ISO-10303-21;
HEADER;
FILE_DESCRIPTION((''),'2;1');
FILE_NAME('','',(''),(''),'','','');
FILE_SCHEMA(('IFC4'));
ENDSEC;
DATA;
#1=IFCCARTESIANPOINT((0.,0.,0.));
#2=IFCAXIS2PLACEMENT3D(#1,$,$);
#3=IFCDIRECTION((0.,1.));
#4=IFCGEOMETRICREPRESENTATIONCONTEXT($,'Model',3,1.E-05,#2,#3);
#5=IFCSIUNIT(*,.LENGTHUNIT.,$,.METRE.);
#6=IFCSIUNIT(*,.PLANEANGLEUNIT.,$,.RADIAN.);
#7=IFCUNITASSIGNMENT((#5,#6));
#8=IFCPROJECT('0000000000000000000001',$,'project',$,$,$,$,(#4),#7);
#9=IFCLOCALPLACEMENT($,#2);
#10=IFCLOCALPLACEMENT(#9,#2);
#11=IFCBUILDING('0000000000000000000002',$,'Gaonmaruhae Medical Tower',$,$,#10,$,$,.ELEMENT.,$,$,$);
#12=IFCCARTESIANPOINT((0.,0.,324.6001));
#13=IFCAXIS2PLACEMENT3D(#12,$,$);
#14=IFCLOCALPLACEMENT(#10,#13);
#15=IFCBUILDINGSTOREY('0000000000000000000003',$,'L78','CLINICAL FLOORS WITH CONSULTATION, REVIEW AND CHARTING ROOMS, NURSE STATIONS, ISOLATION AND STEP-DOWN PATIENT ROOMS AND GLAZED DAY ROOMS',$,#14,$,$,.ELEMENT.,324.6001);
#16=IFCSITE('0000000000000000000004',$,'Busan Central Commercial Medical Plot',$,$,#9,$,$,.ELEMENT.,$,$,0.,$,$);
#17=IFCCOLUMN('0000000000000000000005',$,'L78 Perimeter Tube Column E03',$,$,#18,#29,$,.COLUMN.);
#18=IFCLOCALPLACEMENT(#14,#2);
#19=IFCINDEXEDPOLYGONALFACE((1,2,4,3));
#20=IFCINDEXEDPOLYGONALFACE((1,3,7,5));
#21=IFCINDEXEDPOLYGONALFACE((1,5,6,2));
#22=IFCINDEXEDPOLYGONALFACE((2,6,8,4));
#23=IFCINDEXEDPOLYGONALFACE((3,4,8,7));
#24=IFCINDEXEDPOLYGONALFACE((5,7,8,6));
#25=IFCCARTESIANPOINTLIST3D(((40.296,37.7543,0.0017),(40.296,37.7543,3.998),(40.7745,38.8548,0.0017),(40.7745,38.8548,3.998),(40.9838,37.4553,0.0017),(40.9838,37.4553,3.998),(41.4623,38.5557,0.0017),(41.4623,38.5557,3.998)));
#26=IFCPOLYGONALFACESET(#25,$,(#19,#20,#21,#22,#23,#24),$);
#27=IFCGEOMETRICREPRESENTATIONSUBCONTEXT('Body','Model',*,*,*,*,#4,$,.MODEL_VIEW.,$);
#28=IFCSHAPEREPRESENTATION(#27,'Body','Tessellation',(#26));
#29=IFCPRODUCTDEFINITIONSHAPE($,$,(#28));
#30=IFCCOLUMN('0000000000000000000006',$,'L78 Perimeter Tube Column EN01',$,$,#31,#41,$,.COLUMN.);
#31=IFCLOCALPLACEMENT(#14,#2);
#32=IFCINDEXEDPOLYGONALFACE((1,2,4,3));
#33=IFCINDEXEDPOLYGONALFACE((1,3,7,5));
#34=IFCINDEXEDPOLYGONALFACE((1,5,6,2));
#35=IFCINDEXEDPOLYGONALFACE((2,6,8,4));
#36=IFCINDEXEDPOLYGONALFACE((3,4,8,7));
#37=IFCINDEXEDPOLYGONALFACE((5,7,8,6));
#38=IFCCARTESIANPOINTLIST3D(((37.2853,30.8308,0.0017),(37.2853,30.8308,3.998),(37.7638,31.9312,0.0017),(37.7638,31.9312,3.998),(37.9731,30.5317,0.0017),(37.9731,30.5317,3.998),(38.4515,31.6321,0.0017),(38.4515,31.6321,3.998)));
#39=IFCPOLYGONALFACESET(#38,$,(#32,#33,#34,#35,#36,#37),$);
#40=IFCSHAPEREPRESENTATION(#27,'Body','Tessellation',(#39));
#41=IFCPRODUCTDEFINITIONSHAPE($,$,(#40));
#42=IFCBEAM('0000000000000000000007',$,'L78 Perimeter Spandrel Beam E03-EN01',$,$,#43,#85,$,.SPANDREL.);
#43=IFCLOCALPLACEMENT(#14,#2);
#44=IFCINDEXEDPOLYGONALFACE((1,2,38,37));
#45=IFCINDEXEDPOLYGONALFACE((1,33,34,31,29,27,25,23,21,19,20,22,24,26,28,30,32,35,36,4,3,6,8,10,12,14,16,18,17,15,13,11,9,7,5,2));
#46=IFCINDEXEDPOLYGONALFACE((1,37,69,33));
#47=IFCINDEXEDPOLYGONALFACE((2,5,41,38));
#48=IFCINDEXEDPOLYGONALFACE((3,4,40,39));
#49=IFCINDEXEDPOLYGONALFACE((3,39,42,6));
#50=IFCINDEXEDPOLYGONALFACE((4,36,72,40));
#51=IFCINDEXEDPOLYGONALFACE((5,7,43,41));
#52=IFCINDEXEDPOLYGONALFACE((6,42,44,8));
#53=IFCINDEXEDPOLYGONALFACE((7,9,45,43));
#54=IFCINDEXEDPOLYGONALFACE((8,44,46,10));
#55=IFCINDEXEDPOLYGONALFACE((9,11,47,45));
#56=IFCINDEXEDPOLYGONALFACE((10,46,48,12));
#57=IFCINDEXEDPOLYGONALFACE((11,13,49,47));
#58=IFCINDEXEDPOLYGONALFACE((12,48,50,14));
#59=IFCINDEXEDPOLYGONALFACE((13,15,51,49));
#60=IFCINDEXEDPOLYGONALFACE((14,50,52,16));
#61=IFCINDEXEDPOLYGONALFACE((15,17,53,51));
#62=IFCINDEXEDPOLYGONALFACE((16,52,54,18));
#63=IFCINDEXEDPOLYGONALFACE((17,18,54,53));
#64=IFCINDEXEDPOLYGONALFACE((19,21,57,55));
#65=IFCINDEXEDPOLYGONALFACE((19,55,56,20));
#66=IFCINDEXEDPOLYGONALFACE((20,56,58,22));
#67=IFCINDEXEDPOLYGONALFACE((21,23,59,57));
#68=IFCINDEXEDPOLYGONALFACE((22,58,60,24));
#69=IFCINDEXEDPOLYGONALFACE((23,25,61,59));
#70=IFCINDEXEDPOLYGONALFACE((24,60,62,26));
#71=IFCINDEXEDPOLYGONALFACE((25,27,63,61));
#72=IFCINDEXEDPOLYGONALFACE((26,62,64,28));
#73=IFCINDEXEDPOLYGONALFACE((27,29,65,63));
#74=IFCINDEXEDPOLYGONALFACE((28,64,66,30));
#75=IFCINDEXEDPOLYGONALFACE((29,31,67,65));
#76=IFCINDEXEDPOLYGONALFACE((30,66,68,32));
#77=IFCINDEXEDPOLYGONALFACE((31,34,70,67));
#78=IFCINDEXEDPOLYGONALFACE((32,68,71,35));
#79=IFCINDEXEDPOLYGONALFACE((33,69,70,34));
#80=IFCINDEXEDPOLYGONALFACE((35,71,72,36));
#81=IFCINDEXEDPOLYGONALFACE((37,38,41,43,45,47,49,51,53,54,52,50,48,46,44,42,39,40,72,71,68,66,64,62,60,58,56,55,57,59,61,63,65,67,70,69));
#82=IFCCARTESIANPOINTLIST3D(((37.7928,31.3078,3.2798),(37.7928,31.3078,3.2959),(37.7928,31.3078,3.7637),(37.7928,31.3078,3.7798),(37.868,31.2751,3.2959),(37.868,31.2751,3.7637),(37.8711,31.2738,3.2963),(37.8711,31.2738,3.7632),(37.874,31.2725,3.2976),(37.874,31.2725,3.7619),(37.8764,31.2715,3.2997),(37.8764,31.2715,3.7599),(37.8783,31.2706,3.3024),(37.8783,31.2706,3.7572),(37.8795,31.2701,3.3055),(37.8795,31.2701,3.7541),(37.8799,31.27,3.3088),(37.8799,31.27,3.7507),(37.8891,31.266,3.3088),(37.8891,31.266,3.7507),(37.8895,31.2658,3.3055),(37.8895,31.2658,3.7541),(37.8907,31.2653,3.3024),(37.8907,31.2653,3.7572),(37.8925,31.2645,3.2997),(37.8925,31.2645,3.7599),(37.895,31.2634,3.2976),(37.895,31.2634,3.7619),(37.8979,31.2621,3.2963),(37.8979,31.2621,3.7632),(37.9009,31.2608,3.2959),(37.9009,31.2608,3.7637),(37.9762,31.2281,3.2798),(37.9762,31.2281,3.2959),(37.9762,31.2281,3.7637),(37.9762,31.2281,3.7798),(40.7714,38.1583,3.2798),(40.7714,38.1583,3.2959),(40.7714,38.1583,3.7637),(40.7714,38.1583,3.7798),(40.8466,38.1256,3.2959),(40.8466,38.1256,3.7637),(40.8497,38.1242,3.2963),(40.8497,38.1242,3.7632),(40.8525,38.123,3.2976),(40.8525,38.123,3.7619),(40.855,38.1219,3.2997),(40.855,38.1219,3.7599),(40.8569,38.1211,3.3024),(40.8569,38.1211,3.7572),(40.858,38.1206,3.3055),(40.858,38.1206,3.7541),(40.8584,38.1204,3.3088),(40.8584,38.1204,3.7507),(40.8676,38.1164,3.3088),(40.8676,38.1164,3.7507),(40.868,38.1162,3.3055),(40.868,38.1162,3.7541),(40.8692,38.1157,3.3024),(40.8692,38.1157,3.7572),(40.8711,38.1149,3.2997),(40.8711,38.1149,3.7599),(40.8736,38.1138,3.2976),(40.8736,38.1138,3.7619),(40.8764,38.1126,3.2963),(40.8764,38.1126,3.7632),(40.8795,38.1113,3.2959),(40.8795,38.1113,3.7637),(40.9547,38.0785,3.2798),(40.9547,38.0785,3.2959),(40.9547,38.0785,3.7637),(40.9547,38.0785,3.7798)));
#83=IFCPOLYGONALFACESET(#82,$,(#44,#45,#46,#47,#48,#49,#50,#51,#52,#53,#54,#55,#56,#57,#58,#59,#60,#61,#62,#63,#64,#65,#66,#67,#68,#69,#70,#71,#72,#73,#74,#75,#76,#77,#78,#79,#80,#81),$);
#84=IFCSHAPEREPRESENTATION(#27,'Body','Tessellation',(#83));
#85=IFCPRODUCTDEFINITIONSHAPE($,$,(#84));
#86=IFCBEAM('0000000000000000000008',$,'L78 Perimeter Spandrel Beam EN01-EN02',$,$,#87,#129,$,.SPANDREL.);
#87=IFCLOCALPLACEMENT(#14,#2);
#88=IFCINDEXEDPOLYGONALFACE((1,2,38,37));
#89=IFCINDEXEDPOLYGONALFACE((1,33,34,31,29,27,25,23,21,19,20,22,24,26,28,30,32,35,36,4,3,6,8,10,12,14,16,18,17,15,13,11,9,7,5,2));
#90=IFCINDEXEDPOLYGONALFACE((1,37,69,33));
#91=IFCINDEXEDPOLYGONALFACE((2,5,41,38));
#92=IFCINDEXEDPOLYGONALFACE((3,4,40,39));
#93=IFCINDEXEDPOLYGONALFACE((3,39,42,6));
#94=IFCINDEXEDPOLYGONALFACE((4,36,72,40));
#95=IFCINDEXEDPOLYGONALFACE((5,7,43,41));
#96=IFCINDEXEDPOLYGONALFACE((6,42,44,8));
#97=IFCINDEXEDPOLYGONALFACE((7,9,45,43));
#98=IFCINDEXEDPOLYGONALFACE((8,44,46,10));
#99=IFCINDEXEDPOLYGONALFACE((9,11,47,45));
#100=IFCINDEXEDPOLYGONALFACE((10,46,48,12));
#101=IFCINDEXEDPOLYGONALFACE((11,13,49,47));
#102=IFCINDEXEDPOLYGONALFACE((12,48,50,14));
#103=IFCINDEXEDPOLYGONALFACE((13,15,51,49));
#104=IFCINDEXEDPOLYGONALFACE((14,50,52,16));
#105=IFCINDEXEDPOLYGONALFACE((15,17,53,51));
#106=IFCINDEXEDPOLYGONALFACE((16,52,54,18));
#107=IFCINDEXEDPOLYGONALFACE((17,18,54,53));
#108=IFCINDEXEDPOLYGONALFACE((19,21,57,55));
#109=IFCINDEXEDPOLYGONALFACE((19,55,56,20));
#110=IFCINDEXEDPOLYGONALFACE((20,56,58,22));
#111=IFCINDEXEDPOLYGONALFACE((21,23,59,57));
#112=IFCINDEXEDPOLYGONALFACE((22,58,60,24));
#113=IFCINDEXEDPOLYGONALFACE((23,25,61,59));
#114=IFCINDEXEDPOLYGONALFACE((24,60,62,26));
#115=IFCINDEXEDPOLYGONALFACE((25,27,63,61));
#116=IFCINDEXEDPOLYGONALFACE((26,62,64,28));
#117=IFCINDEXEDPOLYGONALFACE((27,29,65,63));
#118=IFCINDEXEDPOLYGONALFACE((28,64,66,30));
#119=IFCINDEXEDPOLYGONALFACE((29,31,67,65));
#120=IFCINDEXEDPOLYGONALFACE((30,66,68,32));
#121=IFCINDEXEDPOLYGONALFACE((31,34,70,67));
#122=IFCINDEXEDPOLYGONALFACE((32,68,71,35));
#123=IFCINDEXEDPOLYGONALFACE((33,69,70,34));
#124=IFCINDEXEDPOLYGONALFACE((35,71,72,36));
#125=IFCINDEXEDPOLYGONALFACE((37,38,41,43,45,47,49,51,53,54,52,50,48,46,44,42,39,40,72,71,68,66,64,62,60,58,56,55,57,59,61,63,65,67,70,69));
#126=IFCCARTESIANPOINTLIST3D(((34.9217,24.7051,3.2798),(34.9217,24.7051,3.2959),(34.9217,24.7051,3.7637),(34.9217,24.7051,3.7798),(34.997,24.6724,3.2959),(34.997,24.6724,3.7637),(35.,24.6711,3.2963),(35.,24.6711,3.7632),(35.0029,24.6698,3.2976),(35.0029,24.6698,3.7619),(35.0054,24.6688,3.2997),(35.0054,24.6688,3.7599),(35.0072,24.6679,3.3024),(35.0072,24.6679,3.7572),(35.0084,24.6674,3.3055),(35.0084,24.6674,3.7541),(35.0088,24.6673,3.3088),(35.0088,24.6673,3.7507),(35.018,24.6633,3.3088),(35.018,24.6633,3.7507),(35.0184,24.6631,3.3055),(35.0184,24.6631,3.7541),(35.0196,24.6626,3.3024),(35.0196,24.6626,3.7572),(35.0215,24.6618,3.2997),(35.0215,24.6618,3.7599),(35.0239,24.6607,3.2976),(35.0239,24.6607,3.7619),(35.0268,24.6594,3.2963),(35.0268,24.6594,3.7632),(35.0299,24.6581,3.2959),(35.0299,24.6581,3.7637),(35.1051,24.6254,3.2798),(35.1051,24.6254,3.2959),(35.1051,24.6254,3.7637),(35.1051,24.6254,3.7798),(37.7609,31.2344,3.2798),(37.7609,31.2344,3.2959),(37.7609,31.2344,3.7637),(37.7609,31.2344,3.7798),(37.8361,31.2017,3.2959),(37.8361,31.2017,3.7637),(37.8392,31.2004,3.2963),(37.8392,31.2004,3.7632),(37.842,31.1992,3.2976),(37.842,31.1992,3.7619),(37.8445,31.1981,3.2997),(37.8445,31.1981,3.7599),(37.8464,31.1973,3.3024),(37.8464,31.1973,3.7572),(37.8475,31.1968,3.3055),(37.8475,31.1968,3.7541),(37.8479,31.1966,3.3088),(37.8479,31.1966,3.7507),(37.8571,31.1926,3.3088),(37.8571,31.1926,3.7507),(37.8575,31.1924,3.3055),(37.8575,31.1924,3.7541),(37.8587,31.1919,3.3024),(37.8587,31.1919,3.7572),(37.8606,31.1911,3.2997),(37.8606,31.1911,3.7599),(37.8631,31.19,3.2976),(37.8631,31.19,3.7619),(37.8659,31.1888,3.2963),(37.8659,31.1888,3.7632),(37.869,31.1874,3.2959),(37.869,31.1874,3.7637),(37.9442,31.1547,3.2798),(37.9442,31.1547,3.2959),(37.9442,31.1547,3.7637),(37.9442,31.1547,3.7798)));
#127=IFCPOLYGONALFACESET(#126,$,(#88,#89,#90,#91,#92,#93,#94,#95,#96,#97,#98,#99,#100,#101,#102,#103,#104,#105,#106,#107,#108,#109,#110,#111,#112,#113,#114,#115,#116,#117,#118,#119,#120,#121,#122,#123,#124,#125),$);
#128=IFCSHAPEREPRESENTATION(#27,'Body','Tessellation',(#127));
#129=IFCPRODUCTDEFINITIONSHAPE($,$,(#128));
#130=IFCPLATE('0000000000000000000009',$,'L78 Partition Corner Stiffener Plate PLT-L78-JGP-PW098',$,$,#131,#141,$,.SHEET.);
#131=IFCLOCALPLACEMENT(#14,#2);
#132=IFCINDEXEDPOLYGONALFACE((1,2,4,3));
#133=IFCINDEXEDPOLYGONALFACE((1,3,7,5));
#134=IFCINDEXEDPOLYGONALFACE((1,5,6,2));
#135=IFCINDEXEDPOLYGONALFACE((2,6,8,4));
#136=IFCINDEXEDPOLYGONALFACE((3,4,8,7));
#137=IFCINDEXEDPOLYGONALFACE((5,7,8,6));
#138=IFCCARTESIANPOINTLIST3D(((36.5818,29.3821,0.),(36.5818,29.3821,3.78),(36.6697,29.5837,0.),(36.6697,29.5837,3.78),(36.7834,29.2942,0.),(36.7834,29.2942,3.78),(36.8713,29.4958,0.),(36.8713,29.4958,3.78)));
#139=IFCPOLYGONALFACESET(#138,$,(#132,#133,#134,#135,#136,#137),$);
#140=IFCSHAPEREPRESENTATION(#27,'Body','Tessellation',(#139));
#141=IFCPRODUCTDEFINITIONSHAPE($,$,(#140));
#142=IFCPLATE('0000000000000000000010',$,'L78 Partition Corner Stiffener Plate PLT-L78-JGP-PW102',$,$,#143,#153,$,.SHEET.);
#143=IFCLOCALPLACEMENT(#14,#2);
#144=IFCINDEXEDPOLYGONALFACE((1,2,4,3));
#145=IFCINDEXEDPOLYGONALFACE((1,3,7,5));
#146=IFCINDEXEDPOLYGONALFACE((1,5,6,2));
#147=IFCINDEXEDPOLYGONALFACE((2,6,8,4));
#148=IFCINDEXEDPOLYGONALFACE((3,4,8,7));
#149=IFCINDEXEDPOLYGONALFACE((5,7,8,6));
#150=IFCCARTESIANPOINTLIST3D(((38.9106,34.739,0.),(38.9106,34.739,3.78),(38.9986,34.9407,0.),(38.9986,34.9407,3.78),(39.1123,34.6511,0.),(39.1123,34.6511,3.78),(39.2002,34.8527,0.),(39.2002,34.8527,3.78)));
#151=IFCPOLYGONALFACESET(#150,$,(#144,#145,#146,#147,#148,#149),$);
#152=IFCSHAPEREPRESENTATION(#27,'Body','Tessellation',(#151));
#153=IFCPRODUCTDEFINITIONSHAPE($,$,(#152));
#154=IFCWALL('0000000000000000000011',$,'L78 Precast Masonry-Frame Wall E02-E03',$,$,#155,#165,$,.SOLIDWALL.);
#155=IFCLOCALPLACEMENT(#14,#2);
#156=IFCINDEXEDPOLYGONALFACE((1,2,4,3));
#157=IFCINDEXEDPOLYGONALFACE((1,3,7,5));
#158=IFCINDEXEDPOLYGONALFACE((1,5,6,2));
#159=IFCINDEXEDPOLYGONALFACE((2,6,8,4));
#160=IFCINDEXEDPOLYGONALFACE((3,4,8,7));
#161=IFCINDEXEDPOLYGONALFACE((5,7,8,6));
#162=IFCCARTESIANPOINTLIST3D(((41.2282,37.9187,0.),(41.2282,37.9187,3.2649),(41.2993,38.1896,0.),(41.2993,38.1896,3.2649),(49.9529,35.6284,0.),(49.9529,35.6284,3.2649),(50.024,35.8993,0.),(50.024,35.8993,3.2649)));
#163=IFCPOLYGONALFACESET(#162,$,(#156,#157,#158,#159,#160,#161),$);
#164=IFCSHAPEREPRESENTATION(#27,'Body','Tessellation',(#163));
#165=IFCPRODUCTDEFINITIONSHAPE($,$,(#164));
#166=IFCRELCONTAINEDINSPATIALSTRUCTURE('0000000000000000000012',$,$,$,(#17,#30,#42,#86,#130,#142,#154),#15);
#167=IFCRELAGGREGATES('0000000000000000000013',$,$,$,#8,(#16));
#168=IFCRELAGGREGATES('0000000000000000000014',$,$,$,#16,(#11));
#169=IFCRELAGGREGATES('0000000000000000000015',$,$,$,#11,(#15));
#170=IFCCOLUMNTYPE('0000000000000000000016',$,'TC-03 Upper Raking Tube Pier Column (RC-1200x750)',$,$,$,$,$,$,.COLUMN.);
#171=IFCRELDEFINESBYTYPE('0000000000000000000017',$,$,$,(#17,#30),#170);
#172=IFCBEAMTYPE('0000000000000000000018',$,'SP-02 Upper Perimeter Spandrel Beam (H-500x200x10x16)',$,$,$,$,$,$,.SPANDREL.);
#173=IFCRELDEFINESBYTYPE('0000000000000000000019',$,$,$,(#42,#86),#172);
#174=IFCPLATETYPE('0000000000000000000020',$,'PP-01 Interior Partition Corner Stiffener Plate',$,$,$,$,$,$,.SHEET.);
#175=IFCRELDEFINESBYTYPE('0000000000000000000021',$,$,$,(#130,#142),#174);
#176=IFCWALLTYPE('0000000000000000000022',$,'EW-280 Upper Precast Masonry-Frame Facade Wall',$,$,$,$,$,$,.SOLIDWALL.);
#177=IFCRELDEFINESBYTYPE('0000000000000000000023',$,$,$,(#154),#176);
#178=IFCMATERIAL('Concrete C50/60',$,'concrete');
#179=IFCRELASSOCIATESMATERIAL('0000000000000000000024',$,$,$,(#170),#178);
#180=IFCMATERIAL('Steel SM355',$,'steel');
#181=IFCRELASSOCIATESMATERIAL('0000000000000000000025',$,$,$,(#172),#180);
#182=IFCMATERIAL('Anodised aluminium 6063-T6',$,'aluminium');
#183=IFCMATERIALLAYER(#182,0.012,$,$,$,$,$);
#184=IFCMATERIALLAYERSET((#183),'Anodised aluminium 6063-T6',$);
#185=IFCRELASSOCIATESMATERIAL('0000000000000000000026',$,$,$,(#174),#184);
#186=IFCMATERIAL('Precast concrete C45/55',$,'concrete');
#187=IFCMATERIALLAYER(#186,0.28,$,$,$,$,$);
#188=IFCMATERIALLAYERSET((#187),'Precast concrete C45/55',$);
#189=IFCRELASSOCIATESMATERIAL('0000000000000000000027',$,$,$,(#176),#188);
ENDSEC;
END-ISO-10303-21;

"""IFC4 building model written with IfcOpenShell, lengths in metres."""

from ifc_helpers import new_model, si_unit, direction, frame, frame_2d, origin, origin_2d, place, context, subcontext, project, spatial, rectangle, i_section, extrude, material, layer, layer_set, material_profile, profile_set, type_object, element, save


model = new_model("IFC4")

# Units and contexts
model_context = context("Model", 3, precision=1e-05, world=origin(), true_north=direction((0.0, 1.0)))
body_context = subcontext(model_context, "Body", "Model", "MODEL_VIEW")
ifc_project = project(units=[si_unit("LENGTHUNIT", "METRE"), si_unit("PLANEANGLEUNIT", "RADIAN")], contexts=[model_context])

# Site, building, storey
site_placement = place(None, origin())
site = spatial("IfcSite", under=ifc_project, at=site_placement, Name="Busan Central Commercial Medical Plot", CompositionType="ELEMENT", RefElevation=0.0)
building_placement = place(site_placement, origin())
building = spatial("IfcBuilding", under=site, at=building_placement, Name="Gaonmaruhae Medical Tower", CompositionType="ELEMENT")
storey_placement = place(building_placement, frame((0.0, 0.0, 324.6001)))
storey = spatial("IfcBuildingStorey", under=building, at=storey_placement, Name="L78", Description="CLINICAL FLOORS WITH CONSULTATION, REVIEW AND CHARTING ROOMS, NURSE STATIONS, ISOLATION AND STEP-DOWN PATIENT ROOMS AND GLAZED DAY ROOMS", CompositionType="ELEMENT", Elevation=324.6001)

# Columns
ifc_material_1 = material(Name="Concrete C50/60", Category="concrete")
ifc_material_profile_1 = material_profile(ifc_material_1, rectangle(XDim=1.2, YDim=0.75, at=origin_2d()), Name="RC-1200x750")
ifc_profile_set_1 = profile_set([ifc_material_profile_1], Name="Concrete C50/60")
column_type = type_object("IfcColumnType", Name="TC-03 Upper Raking Tube Pier Column (RC-1200x750)", PredefinedType="COLUMN", material=ifc_profile_set_1)
for number, where, z_axis, x_axis, name in (
    (1, (40.8792, 38.155, 0.0017), (0.0, 0.0, 1.0), (0.398749, 0.91706, 0.0), "L78 Perimeter Tube Column E03"),
    (2, (37.8684, 31.2314, 0.0017), (0.0, 0.0, 1.0), (0.398749, 0.91706, 0.0), "L78 Perimeter Tube Column EN01"),
):
    element("IfcColumn", number, at=place(storey_placement, frame(where, z_axis=z_axis, x_axis=x_axis)), inside=storey, type_object=column_type, Name=name, PredefinedType="COLUMN", context=body_context, shape_type="SweptSolid", body=[
        extrude(rectangle(XDim=1.2, YDim=0.75, at=origin_2d()), origin(), (0.0, 0.0, 1.0), 3.9963),
    ])

# Beams
ifc_material_2 = material(Name="Steel SM355", Category="steel")
ifc_material_profile_2 = material_profile(ifc_material_2, i_section(OverallWidth=0.2, OverallDepth=0.5, WebThickness=0.01, FlangeThickness=0.0161, FilletRadius=0.0129, at=origin_2d()), Name="H-500x200x10x16")
ifc_profile_set_2 = profile_set([ifc_material_profile_2], Name="Steel SM355")
beam_type = type_object("IfcBeamType", Name="SP-02 Upper Perimeter Spandrel Beam (H-500x200x10x16)", PredefinedType="SPANDREL", material=ifc_profile_set_2)
beam_1_placement = place(storey_placement, frame((40.863, 38.1184, 3.5298), z_axis=(-0.398738, -0.917065, 0.0), x_axis=(0.917065, -0.398738, 0.0)))
element("IfcBeam", 3, at=beam_1_placement, inside=storey, type_object=beam_type, Name="L78 Perimeter Spandrel Beam E03-EN01", PredefinedType="SPANDREL", context=body_context, shape_type="SweptSolid", body=[
    extrude(i_section(OverallWidth=0.2, OverallDepth=0.5, WebThickness=0.01, FlangeThickness=0.0161, FilletRadius=0.0129, at=origin_2d()), origin(), (0.0, 0.0, 1.0), 7.47),
])
beam_2_placement = place(storey_placement, frame((37.8525, 31.1946, 3.5298), z_axis=(-0.39876, -0.917055, 0.0), x_axis=(0.917055, -0.39876, 0.0)))
element("IfcBeam", 4, at=beam_2_placement, inside=storey, type_object=beam_type, Name="L78 Perimeter Spandrel Beam EN01-EN02", PredefinedType="SPANDREL", context=body_context, shape_type="SweptSolid", body=[
    extrude(i_section(OverallWidth=0.2, OverallDepth=0.5, WebThickness=0.01, FlangeThickness=0.0161, FilletRadius=0.0129, at=origin_2d()), origin(), (0.0, 0.0, 1.0), 7.1199),
])

# Plates
ifc_material_3 = material(Name="Anodised aluminium 6063-T6", Category="aluminium")
ifc_layer_1 = layer(ifc_material_3, 0.012)
ifc_layer_set_1 = layer_set([ifc_layer_1], Name="Anodised aluminium 6063-T6")
plate_type = type_object("IfcPlateType", Name="PP-01 Interior Partition Corner Stiffener Plate", PredefinedType="SHEET", material=ifc_layer_set_1)
for number, where, z_axis, x_axis, name in (
    (5, (36.7266, 29.439, 0.0), (0.0, 0.0, 1.0), (0.916628, -0.399741, 0.0), "L78 Partition Corner Stiffener Plate PLT-L78-JGP-PW098"),
    (6, (39.0554, 34.7959, 0.0), (0.0, 0.0, 1.0), (0.916628, -0.399741, 0.0), "L78 Partition Corner Stiffener Plate PLT-L78-JGP-PW102"),
):
    element("IfcPlate", number, at=place(storey_placement, frame(where, z_axis=z_axis, x_axis=x_axis)), inside=storey, type_object=plate_type, Name=name, PredefinedType="SHEET", context=body_context, shape_type="SweptSolid", body=[
        extrude(rectangle(XDim=0.22, YDim=0.22, at=origin_2d()), origin(), (0.0, 0.0, 1.0), 3.78),
    ])

# Wall
ifc_material_4 = material(Name="Precast concrete C45/55", Category="concrete")
ifc_layer_2 = layer(ifc_material_4, 0.28)
ifc_layer_set_2 = layer_set([ifc_layer_2], Name="Precast concrete C45/55")
wall_type_1 = type_object("IfcWallType", Name="EW-280 Upper Precast Masonry-Frame Facade Wall", PredefinedType="SOLIDWALL", material=ifc_layer_set_2)
wall_1_placement = place(storey_placement, frame((41.2637, 38.0542, 0.0), z_axis=(0.0, 0.0, 1.0), x_axis=(0.967229, -0.253906, 0.0)))
element("IfcWall", 7, at=wall_1_placement, inside=storey, type_object=wall_type_1, Name="L78 Precast Masonry-Frame Wall E02-E03", PredefinedType="SOLIDWALL", context=body_context, shape_type="SweptSolid", body=[
    extrude(rectangle(XDim=9.0203, YDim=0.28, at=frame_2d((4.5103, 0.0))), origin(), (0.0, 0.0, 1.0), 3.2649),
])

save(model, "model.ifc")
